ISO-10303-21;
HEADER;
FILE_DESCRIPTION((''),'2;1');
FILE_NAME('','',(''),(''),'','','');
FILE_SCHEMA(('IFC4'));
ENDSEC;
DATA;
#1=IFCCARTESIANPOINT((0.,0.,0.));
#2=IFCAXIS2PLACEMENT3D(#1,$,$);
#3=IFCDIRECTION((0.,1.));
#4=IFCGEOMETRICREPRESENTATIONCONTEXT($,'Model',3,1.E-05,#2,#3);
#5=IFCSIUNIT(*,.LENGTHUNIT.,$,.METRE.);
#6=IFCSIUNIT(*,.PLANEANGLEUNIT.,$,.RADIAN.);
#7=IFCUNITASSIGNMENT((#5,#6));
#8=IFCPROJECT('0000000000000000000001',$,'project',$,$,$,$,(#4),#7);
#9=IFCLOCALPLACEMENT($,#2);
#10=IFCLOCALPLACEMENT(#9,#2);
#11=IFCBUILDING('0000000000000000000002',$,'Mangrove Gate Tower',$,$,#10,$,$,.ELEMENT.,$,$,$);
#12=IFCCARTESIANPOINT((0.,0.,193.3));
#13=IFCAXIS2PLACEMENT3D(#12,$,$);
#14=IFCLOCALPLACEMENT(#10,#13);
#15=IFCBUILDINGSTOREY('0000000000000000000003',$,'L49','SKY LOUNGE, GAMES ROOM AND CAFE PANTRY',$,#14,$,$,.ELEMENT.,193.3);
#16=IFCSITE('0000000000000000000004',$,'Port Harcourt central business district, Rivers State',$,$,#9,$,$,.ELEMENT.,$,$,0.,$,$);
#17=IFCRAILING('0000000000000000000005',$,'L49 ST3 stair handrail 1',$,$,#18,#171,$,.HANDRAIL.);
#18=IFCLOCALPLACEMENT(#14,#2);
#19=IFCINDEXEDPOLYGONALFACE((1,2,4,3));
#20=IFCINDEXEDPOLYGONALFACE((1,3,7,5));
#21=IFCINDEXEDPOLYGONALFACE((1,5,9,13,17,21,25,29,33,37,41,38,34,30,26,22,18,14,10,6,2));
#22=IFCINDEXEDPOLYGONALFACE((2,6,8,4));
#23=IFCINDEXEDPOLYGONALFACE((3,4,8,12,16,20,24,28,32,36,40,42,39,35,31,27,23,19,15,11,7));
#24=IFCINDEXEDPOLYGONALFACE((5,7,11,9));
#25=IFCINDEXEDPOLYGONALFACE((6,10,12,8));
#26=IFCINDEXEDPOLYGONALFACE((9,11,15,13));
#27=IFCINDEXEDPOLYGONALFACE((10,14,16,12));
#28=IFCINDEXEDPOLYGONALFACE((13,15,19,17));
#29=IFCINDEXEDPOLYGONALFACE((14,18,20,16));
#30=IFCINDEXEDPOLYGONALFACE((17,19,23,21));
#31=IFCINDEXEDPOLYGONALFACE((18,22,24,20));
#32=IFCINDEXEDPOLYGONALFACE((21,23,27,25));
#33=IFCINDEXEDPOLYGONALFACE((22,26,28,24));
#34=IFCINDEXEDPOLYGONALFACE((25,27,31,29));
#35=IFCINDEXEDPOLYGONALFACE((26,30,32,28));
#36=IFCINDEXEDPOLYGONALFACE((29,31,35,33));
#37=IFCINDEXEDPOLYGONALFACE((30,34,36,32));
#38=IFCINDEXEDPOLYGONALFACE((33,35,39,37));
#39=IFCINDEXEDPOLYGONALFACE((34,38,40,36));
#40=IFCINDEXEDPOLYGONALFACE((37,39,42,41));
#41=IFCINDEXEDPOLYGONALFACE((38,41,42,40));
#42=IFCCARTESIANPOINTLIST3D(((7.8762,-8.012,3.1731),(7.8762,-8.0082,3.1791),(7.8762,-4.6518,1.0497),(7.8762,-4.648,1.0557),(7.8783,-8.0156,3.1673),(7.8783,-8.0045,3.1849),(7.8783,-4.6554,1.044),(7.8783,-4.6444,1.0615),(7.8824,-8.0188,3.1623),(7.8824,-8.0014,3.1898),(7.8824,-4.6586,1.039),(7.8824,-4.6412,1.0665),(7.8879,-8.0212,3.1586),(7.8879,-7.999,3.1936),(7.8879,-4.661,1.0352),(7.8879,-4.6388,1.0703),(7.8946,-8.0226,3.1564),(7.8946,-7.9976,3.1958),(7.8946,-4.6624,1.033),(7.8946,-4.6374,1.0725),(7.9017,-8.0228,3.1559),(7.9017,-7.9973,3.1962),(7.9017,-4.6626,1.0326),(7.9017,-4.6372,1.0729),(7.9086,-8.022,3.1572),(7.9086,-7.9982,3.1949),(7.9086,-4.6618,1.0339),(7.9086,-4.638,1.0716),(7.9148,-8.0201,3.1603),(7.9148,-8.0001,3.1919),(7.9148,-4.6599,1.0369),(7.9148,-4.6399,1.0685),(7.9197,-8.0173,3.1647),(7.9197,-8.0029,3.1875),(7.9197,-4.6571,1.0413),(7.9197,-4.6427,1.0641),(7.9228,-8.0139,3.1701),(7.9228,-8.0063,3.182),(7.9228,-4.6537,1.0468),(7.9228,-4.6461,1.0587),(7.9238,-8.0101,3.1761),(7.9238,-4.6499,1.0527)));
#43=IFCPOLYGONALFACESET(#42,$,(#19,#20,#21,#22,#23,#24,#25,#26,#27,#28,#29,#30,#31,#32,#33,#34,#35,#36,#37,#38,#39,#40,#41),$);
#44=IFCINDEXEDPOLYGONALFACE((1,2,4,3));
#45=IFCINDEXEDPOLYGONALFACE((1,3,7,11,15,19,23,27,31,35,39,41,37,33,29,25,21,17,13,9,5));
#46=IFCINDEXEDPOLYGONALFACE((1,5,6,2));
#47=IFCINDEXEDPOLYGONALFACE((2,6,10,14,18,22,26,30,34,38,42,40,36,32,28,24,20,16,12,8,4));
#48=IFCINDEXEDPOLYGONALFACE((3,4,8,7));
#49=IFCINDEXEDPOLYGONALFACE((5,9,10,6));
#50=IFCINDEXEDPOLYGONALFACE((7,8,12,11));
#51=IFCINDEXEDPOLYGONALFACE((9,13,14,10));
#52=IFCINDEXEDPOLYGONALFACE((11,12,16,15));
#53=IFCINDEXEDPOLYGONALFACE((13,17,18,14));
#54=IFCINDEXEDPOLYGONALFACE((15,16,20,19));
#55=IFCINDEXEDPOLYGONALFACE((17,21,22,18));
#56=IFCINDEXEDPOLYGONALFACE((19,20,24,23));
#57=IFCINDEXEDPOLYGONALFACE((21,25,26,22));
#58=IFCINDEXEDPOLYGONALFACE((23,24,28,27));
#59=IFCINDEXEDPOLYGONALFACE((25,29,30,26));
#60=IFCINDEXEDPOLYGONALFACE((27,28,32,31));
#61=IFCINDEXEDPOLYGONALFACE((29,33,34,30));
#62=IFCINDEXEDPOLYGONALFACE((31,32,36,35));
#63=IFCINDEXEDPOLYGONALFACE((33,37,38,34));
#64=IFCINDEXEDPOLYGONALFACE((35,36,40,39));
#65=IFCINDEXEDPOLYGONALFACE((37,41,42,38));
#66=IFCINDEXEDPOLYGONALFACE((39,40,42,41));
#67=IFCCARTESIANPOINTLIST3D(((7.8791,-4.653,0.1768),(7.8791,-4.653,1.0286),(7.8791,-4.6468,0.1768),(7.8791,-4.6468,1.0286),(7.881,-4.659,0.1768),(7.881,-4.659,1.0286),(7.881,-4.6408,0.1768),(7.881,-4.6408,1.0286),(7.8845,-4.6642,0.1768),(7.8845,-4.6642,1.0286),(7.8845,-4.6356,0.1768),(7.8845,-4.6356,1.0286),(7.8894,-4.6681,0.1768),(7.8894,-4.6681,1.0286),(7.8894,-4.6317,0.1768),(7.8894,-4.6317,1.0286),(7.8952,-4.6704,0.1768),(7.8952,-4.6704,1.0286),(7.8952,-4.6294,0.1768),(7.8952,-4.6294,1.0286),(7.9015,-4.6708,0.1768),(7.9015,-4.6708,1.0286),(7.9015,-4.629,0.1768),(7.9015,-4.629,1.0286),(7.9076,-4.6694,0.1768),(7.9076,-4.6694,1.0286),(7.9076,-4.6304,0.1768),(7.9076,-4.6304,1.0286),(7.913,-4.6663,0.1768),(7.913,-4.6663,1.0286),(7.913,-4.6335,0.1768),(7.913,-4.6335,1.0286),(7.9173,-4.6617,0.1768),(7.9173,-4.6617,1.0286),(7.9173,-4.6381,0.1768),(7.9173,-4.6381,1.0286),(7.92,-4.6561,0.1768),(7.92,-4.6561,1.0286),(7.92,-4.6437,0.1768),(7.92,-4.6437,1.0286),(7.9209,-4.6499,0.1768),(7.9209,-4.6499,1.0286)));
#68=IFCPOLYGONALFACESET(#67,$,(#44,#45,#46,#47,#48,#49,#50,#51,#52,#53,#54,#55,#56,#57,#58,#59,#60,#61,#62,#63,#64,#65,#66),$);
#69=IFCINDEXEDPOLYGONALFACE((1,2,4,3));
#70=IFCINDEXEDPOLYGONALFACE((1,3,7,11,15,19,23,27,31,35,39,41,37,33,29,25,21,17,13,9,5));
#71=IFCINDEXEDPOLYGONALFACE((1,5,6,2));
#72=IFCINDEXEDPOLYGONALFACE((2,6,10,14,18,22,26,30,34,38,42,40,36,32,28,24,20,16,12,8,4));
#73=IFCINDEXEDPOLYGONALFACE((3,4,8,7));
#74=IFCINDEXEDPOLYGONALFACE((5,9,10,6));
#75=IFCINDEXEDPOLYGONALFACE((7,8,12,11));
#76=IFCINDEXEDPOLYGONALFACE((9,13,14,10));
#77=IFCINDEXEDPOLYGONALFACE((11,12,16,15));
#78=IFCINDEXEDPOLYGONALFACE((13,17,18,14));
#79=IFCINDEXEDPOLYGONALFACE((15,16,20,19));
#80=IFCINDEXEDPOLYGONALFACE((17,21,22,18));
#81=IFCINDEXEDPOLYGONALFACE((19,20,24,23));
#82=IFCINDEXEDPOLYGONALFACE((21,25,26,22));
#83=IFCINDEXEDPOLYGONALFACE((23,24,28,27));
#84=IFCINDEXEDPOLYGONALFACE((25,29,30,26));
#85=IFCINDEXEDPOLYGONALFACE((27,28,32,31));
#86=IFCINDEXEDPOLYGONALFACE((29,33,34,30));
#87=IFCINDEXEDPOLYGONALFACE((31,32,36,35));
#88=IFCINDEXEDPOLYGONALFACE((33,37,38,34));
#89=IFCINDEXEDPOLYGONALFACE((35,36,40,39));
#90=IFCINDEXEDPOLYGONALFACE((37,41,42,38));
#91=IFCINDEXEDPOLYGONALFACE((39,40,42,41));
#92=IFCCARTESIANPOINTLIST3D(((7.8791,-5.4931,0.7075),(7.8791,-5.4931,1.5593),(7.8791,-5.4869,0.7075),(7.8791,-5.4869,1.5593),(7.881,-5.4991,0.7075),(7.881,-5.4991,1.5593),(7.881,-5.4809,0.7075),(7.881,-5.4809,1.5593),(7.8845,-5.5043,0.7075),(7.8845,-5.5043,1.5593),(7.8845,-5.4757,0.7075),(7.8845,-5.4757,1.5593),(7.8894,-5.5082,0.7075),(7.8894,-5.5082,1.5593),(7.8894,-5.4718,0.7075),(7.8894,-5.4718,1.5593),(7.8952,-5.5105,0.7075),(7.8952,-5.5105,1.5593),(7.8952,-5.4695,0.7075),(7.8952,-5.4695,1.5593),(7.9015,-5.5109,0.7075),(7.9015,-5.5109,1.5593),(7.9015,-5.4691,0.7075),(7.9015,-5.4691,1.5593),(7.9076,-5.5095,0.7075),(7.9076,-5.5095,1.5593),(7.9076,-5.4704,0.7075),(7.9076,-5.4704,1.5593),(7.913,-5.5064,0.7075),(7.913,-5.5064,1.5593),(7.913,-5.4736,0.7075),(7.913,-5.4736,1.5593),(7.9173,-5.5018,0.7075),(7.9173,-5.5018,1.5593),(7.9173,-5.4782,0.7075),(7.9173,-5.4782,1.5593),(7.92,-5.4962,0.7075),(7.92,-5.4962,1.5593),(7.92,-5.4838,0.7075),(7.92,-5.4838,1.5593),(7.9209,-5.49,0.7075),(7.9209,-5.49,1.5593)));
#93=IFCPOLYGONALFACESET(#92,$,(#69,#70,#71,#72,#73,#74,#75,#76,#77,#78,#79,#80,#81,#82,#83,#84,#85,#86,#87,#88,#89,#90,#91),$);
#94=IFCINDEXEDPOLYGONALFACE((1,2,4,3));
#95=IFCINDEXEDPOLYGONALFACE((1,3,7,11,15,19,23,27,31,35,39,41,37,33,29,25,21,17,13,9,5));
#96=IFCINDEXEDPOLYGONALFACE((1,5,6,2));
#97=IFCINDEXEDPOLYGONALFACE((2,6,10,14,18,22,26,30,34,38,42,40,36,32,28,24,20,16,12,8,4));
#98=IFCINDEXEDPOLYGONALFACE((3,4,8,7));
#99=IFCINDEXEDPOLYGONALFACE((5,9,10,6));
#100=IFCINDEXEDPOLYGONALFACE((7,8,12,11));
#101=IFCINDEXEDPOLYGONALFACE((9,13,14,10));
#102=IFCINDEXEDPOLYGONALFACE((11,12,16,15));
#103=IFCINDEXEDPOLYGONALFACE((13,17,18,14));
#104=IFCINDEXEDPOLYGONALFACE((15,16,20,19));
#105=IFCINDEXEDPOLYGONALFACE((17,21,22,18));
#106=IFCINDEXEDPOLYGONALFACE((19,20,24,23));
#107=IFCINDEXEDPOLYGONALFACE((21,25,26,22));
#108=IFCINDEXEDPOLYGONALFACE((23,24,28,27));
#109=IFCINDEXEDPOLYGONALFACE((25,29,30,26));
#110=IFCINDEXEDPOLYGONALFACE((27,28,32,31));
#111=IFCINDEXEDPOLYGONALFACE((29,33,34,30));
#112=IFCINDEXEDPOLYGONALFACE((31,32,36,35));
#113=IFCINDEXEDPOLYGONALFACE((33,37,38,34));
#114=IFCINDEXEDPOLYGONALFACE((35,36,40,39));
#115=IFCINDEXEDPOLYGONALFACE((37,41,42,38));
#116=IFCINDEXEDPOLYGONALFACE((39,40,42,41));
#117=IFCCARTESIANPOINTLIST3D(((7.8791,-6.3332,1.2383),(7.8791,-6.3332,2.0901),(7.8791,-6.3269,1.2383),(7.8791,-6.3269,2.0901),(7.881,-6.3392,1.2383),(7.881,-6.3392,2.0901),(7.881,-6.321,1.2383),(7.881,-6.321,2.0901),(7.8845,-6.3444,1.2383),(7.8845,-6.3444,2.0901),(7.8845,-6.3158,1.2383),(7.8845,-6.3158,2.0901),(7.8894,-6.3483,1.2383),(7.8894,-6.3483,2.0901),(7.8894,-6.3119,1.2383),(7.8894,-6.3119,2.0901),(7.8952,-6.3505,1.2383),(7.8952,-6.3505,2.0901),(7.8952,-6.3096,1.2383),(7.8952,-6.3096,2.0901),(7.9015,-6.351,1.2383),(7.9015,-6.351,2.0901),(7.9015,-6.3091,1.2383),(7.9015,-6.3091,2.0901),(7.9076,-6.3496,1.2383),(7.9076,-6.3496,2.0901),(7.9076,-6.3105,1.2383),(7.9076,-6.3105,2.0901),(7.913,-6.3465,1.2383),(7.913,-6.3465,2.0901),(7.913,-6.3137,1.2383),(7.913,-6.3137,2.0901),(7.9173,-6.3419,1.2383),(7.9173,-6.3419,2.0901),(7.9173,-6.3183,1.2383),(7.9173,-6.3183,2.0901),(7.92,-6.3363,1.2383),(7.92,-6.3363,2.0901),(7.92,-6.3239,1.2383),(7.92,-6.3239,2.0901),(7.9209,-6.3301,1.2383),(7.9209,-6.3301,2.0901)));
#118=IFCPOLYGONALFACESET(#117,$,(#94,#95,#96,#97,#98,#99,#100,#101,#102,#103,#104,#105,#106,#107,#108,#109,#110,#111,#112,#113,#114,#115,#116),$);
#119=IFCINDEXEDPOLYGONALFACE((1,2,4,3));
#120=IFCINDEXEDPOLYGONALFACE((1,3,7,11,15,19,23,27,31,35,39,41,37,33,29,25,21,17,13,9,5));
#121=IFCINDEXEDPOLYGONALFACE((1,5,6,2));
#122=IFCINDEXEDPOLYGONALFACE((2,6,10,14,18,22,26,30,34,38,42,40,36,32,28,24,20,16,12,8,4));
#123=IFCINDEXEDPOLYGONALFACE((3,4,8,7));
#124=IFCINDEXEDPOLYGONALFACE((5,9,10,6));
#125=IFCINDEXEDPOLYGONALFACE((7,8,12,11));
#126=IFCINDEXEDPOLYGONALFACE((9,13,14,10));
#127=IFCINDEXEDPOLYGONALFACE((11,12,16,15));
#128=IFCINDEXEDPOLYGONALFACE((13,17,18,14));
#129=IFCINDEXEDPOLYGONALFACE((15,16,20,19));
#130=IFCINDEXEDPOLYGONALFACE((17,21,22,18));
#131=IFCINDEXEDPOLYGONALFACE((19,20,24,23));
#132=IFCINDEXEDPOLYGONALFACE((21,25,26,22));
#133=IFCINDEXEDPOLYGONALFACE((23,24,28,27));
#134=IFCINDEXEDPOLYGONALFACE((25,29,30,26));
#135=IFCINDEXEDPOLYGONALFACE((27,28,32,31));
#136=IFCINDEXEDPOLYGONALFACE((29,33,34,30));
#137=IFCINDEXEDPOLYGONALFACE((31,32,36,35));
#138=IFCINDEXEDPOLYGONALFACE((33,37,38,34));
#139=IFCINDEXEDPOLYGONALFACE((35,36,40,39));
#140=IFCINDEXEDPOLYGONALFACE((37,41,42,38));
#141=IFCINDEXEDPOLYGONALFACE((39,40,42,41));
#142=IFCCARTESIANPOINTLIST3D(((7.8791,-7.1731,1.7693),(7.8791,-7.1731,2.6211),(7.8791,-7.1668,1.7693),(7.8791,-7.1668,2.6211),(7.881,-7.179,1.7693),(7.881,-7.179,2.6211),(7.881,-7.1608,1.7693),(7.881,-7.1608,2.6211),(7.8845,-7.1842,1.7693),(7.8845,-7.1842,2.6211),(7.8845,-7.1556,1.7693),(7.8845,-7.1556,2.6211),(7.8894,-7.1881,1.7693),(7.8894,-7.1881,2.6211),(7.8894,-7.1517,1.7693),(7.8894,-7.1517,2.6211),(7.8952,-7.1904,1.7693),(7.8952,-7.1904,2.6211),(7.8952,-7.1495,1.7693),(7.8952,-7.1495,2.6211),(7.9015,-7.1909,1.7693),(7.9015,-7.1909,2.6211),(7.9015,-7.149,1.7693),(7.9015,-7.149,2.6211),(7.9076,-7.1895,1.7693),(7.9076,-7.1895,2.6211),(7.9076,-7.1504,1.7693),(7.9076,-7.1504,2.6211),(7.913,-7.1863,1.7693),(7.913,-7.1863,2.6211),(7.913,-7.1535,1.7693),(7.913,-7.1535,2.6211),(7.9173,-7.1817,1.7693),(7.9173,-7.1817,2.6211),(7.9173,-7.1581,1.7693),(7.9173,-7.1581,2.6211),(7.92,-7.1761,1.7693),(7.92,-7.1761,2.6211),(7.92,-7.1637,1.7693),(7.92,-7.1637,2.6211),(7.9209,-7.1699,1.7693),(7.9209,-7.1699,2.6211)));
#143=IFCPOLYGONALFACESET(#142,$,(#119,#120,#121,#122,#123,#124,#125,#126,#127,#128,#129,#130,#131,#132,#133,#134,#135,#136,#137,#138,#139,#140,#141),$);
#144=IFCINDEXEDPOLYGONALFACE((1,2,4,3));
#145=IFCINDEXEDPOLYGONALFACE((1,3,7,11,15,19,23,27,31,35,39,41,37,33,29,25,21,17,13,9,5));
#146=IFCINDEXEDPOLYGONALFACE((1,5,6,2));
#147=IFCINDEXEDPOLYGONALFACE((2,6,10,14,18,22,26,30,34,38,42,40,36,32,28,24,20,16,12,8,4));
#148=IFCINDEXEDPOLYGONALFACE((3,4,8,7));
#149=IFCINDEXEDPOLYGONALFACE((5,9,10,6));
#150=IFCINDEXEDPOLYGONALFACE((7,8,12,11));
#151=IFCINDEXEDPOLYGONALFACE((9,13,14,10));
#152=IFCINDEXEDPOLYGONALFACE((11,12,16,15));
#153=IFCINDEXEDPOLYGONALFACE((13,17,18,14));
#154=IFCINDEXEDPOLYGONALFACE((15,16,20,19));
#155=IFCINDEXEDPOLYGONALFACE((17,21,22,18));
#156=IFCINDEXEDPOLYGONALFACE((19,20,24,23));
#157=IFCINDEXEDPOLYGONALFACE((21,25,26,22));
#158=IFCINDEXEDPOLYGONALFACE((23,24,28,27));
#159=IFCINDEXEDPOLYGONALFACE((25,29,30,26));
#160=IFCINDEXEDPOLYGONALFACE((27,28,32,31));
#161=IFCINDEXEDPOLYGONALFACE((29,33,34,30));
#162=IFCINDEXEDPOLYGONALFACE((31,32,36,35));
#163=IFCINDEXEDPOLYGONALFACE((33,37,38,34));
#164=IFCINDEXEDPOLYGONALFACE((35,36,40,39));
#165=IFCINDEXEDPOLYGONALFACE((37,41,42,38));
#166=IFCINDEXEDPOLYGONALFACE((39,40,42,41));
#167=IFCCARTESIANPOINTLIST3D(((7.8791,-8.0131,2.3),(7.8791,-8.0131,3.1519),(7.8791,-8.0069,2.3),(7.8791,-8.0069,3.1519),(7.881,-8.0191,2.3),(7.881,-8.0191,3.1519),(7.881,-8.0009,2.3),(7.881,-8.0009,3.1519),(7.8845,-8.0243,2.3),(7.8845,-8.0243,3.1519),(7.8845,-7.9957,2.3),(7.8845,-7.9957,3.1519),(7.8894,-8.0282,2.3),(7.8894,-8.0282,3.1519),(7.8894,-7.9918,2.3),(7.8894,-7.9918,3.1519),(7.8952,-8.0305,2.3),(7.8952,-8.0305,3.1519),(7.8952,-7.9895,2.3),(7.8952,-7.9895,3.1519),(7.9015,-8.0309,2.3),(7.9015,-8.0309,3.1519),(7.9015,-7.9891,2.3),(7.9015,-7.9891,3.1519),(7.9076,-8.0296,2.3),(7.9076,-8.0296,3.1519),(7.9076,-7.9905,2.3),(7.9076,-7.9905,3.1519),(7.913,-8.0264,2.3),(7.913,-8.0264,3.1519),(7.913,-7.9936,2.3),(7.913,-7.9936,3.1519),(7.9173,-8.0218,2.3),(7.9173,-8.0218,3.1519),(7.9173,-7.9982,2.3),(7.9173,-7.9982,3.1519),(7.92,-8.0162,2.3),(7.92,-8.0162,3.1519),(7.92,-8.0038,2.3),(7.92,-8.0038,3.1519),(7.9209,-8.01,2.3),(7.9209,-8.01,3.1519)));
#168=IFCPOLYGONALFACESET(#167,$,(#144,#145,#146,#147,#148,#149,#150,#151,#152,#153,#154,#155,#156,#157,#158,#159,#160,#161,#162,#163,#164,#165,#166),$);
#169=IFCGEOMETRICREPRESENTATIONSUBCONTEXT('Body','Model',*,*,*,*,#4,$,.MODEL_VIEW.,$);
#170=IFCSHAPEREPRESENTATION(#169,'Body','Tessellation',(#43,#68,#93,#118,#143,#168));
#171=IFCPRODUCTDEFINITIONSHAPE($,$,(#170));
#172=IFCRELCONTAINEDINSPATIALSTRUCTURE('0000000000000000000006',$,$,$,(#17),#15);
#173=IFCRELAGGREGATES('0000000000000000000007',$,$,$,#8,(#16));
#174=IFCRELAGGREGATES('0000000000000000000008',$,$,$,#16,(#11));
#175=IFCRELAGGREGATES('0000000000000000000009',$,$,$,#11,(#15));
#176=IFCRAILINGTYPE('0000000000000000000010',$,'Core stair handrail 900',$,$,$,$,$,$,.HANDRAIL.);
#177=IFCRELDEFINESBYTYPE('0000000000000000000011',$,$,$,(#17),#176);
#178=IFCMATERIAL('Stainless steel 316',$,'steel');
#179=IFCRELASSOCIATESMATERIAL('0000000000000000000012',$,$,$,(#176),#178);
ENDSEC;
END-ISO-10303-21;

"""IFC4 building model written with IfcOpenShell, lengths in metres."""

from ifc_helpers import new_model, si_unit, direction, frame, origin, origin_2d, place, context, subcontext, project, spatial, circle, extrude, material, type_object, element, save


model = new_model("IFC4")

# Units and contexts
model_context = context("Model", 3, precision=1e-05, world=origin(), true_north=direction((0.0, 1.0)))
body_context = subcontext(model_context, "Body", "Model", "MODEL_VIEW")
ifc_project = project(units=[si_unit("LENGTHUNIT", "METRE"), si_unit("PLANEANGLEUNIT", "RADIAN")], contexts=[model_context])

# Site, building, storey
site_placement = place(None, origin())
site = spatial("IfcSite", under=ifc_project, at=site_placement, Name="Port Harcourt central business district, Rivers State", CompositionType="ELEMENT", RefElevation=0.0)
building_placement = place(site_placement, origin())
building = spatial("IfcBuilding", under=site, at=building_placement, Name="Mangrove Gate Tower", CompositionType="ELEMENT")
storey_placement = place(building_placement, frame((0.0, 0.0, 193.3)))
storey = spatial("IfcBuildingStorey", under=building, at=storey_placement, Name="L49", Description="SKY LOUNGE, GAMES ROOM AND CAFE PANTRY", CompositionType="ELEMENT", Elevation=193.3)

# Railing
ifc_material_1 = material(Name="Stainless steel 316", Category="steel")
railing_type_1 = type_object("IfcRailingType", Name="Core stair handrail 900", PredefinedType="HANDRAIL", material=ifc_material_1)
railing_1_placement = place(storey_placement, frame((7.8999, -4.6499, 0.1768)))
element("IfcRailing", 1, at=railing_1_placement, inside=storey, type_object=railing_type_1, Name="L49 ST3 stair handrail 1", PredefinedType="HANDRAIL", context=body_context, shape_type="SweptSolid", body=[
    extrude(circle(Radius=0.0239, at=origin_2d()), frame((0.0, 0.0, 0.876), z_axis=(0.0, -0.845362, 0.534194), x_axis=(1.0, 0.0, 0.0)), (0.0, 0.0, 1.0), 3.9749),
    extrude(circle(Radius=0.021, at=origin_2d()), origin(), (0.0, 0.0, 1.0), 0.8518),
    extrude(circle(Radius=0.021, at=origin_2d()), frame((0.0, -0.8401, 0.5308)), (0.0, 0.0, 1.0), 0.8518),
    extrude(circle(Radius=0.021, at=origin_2d()), frame((0.0, -1.6802, 1.0615)), (0.0, 0.0, 1.0), 0.8518),
    extrude(circle(Radius=0.021, at=origin_2d()), frame((0.0, -2.52, 1.5925)), (0.0, 0.0, 1.0), 0.8518),
    extrude(circle(Radius=0.021, at=origin_2d()), frame((0.0, -3.3601, 2.1233)), (0.0, 0.0, 1.0), 0.8518),
])

save(model, "model.ifc")
